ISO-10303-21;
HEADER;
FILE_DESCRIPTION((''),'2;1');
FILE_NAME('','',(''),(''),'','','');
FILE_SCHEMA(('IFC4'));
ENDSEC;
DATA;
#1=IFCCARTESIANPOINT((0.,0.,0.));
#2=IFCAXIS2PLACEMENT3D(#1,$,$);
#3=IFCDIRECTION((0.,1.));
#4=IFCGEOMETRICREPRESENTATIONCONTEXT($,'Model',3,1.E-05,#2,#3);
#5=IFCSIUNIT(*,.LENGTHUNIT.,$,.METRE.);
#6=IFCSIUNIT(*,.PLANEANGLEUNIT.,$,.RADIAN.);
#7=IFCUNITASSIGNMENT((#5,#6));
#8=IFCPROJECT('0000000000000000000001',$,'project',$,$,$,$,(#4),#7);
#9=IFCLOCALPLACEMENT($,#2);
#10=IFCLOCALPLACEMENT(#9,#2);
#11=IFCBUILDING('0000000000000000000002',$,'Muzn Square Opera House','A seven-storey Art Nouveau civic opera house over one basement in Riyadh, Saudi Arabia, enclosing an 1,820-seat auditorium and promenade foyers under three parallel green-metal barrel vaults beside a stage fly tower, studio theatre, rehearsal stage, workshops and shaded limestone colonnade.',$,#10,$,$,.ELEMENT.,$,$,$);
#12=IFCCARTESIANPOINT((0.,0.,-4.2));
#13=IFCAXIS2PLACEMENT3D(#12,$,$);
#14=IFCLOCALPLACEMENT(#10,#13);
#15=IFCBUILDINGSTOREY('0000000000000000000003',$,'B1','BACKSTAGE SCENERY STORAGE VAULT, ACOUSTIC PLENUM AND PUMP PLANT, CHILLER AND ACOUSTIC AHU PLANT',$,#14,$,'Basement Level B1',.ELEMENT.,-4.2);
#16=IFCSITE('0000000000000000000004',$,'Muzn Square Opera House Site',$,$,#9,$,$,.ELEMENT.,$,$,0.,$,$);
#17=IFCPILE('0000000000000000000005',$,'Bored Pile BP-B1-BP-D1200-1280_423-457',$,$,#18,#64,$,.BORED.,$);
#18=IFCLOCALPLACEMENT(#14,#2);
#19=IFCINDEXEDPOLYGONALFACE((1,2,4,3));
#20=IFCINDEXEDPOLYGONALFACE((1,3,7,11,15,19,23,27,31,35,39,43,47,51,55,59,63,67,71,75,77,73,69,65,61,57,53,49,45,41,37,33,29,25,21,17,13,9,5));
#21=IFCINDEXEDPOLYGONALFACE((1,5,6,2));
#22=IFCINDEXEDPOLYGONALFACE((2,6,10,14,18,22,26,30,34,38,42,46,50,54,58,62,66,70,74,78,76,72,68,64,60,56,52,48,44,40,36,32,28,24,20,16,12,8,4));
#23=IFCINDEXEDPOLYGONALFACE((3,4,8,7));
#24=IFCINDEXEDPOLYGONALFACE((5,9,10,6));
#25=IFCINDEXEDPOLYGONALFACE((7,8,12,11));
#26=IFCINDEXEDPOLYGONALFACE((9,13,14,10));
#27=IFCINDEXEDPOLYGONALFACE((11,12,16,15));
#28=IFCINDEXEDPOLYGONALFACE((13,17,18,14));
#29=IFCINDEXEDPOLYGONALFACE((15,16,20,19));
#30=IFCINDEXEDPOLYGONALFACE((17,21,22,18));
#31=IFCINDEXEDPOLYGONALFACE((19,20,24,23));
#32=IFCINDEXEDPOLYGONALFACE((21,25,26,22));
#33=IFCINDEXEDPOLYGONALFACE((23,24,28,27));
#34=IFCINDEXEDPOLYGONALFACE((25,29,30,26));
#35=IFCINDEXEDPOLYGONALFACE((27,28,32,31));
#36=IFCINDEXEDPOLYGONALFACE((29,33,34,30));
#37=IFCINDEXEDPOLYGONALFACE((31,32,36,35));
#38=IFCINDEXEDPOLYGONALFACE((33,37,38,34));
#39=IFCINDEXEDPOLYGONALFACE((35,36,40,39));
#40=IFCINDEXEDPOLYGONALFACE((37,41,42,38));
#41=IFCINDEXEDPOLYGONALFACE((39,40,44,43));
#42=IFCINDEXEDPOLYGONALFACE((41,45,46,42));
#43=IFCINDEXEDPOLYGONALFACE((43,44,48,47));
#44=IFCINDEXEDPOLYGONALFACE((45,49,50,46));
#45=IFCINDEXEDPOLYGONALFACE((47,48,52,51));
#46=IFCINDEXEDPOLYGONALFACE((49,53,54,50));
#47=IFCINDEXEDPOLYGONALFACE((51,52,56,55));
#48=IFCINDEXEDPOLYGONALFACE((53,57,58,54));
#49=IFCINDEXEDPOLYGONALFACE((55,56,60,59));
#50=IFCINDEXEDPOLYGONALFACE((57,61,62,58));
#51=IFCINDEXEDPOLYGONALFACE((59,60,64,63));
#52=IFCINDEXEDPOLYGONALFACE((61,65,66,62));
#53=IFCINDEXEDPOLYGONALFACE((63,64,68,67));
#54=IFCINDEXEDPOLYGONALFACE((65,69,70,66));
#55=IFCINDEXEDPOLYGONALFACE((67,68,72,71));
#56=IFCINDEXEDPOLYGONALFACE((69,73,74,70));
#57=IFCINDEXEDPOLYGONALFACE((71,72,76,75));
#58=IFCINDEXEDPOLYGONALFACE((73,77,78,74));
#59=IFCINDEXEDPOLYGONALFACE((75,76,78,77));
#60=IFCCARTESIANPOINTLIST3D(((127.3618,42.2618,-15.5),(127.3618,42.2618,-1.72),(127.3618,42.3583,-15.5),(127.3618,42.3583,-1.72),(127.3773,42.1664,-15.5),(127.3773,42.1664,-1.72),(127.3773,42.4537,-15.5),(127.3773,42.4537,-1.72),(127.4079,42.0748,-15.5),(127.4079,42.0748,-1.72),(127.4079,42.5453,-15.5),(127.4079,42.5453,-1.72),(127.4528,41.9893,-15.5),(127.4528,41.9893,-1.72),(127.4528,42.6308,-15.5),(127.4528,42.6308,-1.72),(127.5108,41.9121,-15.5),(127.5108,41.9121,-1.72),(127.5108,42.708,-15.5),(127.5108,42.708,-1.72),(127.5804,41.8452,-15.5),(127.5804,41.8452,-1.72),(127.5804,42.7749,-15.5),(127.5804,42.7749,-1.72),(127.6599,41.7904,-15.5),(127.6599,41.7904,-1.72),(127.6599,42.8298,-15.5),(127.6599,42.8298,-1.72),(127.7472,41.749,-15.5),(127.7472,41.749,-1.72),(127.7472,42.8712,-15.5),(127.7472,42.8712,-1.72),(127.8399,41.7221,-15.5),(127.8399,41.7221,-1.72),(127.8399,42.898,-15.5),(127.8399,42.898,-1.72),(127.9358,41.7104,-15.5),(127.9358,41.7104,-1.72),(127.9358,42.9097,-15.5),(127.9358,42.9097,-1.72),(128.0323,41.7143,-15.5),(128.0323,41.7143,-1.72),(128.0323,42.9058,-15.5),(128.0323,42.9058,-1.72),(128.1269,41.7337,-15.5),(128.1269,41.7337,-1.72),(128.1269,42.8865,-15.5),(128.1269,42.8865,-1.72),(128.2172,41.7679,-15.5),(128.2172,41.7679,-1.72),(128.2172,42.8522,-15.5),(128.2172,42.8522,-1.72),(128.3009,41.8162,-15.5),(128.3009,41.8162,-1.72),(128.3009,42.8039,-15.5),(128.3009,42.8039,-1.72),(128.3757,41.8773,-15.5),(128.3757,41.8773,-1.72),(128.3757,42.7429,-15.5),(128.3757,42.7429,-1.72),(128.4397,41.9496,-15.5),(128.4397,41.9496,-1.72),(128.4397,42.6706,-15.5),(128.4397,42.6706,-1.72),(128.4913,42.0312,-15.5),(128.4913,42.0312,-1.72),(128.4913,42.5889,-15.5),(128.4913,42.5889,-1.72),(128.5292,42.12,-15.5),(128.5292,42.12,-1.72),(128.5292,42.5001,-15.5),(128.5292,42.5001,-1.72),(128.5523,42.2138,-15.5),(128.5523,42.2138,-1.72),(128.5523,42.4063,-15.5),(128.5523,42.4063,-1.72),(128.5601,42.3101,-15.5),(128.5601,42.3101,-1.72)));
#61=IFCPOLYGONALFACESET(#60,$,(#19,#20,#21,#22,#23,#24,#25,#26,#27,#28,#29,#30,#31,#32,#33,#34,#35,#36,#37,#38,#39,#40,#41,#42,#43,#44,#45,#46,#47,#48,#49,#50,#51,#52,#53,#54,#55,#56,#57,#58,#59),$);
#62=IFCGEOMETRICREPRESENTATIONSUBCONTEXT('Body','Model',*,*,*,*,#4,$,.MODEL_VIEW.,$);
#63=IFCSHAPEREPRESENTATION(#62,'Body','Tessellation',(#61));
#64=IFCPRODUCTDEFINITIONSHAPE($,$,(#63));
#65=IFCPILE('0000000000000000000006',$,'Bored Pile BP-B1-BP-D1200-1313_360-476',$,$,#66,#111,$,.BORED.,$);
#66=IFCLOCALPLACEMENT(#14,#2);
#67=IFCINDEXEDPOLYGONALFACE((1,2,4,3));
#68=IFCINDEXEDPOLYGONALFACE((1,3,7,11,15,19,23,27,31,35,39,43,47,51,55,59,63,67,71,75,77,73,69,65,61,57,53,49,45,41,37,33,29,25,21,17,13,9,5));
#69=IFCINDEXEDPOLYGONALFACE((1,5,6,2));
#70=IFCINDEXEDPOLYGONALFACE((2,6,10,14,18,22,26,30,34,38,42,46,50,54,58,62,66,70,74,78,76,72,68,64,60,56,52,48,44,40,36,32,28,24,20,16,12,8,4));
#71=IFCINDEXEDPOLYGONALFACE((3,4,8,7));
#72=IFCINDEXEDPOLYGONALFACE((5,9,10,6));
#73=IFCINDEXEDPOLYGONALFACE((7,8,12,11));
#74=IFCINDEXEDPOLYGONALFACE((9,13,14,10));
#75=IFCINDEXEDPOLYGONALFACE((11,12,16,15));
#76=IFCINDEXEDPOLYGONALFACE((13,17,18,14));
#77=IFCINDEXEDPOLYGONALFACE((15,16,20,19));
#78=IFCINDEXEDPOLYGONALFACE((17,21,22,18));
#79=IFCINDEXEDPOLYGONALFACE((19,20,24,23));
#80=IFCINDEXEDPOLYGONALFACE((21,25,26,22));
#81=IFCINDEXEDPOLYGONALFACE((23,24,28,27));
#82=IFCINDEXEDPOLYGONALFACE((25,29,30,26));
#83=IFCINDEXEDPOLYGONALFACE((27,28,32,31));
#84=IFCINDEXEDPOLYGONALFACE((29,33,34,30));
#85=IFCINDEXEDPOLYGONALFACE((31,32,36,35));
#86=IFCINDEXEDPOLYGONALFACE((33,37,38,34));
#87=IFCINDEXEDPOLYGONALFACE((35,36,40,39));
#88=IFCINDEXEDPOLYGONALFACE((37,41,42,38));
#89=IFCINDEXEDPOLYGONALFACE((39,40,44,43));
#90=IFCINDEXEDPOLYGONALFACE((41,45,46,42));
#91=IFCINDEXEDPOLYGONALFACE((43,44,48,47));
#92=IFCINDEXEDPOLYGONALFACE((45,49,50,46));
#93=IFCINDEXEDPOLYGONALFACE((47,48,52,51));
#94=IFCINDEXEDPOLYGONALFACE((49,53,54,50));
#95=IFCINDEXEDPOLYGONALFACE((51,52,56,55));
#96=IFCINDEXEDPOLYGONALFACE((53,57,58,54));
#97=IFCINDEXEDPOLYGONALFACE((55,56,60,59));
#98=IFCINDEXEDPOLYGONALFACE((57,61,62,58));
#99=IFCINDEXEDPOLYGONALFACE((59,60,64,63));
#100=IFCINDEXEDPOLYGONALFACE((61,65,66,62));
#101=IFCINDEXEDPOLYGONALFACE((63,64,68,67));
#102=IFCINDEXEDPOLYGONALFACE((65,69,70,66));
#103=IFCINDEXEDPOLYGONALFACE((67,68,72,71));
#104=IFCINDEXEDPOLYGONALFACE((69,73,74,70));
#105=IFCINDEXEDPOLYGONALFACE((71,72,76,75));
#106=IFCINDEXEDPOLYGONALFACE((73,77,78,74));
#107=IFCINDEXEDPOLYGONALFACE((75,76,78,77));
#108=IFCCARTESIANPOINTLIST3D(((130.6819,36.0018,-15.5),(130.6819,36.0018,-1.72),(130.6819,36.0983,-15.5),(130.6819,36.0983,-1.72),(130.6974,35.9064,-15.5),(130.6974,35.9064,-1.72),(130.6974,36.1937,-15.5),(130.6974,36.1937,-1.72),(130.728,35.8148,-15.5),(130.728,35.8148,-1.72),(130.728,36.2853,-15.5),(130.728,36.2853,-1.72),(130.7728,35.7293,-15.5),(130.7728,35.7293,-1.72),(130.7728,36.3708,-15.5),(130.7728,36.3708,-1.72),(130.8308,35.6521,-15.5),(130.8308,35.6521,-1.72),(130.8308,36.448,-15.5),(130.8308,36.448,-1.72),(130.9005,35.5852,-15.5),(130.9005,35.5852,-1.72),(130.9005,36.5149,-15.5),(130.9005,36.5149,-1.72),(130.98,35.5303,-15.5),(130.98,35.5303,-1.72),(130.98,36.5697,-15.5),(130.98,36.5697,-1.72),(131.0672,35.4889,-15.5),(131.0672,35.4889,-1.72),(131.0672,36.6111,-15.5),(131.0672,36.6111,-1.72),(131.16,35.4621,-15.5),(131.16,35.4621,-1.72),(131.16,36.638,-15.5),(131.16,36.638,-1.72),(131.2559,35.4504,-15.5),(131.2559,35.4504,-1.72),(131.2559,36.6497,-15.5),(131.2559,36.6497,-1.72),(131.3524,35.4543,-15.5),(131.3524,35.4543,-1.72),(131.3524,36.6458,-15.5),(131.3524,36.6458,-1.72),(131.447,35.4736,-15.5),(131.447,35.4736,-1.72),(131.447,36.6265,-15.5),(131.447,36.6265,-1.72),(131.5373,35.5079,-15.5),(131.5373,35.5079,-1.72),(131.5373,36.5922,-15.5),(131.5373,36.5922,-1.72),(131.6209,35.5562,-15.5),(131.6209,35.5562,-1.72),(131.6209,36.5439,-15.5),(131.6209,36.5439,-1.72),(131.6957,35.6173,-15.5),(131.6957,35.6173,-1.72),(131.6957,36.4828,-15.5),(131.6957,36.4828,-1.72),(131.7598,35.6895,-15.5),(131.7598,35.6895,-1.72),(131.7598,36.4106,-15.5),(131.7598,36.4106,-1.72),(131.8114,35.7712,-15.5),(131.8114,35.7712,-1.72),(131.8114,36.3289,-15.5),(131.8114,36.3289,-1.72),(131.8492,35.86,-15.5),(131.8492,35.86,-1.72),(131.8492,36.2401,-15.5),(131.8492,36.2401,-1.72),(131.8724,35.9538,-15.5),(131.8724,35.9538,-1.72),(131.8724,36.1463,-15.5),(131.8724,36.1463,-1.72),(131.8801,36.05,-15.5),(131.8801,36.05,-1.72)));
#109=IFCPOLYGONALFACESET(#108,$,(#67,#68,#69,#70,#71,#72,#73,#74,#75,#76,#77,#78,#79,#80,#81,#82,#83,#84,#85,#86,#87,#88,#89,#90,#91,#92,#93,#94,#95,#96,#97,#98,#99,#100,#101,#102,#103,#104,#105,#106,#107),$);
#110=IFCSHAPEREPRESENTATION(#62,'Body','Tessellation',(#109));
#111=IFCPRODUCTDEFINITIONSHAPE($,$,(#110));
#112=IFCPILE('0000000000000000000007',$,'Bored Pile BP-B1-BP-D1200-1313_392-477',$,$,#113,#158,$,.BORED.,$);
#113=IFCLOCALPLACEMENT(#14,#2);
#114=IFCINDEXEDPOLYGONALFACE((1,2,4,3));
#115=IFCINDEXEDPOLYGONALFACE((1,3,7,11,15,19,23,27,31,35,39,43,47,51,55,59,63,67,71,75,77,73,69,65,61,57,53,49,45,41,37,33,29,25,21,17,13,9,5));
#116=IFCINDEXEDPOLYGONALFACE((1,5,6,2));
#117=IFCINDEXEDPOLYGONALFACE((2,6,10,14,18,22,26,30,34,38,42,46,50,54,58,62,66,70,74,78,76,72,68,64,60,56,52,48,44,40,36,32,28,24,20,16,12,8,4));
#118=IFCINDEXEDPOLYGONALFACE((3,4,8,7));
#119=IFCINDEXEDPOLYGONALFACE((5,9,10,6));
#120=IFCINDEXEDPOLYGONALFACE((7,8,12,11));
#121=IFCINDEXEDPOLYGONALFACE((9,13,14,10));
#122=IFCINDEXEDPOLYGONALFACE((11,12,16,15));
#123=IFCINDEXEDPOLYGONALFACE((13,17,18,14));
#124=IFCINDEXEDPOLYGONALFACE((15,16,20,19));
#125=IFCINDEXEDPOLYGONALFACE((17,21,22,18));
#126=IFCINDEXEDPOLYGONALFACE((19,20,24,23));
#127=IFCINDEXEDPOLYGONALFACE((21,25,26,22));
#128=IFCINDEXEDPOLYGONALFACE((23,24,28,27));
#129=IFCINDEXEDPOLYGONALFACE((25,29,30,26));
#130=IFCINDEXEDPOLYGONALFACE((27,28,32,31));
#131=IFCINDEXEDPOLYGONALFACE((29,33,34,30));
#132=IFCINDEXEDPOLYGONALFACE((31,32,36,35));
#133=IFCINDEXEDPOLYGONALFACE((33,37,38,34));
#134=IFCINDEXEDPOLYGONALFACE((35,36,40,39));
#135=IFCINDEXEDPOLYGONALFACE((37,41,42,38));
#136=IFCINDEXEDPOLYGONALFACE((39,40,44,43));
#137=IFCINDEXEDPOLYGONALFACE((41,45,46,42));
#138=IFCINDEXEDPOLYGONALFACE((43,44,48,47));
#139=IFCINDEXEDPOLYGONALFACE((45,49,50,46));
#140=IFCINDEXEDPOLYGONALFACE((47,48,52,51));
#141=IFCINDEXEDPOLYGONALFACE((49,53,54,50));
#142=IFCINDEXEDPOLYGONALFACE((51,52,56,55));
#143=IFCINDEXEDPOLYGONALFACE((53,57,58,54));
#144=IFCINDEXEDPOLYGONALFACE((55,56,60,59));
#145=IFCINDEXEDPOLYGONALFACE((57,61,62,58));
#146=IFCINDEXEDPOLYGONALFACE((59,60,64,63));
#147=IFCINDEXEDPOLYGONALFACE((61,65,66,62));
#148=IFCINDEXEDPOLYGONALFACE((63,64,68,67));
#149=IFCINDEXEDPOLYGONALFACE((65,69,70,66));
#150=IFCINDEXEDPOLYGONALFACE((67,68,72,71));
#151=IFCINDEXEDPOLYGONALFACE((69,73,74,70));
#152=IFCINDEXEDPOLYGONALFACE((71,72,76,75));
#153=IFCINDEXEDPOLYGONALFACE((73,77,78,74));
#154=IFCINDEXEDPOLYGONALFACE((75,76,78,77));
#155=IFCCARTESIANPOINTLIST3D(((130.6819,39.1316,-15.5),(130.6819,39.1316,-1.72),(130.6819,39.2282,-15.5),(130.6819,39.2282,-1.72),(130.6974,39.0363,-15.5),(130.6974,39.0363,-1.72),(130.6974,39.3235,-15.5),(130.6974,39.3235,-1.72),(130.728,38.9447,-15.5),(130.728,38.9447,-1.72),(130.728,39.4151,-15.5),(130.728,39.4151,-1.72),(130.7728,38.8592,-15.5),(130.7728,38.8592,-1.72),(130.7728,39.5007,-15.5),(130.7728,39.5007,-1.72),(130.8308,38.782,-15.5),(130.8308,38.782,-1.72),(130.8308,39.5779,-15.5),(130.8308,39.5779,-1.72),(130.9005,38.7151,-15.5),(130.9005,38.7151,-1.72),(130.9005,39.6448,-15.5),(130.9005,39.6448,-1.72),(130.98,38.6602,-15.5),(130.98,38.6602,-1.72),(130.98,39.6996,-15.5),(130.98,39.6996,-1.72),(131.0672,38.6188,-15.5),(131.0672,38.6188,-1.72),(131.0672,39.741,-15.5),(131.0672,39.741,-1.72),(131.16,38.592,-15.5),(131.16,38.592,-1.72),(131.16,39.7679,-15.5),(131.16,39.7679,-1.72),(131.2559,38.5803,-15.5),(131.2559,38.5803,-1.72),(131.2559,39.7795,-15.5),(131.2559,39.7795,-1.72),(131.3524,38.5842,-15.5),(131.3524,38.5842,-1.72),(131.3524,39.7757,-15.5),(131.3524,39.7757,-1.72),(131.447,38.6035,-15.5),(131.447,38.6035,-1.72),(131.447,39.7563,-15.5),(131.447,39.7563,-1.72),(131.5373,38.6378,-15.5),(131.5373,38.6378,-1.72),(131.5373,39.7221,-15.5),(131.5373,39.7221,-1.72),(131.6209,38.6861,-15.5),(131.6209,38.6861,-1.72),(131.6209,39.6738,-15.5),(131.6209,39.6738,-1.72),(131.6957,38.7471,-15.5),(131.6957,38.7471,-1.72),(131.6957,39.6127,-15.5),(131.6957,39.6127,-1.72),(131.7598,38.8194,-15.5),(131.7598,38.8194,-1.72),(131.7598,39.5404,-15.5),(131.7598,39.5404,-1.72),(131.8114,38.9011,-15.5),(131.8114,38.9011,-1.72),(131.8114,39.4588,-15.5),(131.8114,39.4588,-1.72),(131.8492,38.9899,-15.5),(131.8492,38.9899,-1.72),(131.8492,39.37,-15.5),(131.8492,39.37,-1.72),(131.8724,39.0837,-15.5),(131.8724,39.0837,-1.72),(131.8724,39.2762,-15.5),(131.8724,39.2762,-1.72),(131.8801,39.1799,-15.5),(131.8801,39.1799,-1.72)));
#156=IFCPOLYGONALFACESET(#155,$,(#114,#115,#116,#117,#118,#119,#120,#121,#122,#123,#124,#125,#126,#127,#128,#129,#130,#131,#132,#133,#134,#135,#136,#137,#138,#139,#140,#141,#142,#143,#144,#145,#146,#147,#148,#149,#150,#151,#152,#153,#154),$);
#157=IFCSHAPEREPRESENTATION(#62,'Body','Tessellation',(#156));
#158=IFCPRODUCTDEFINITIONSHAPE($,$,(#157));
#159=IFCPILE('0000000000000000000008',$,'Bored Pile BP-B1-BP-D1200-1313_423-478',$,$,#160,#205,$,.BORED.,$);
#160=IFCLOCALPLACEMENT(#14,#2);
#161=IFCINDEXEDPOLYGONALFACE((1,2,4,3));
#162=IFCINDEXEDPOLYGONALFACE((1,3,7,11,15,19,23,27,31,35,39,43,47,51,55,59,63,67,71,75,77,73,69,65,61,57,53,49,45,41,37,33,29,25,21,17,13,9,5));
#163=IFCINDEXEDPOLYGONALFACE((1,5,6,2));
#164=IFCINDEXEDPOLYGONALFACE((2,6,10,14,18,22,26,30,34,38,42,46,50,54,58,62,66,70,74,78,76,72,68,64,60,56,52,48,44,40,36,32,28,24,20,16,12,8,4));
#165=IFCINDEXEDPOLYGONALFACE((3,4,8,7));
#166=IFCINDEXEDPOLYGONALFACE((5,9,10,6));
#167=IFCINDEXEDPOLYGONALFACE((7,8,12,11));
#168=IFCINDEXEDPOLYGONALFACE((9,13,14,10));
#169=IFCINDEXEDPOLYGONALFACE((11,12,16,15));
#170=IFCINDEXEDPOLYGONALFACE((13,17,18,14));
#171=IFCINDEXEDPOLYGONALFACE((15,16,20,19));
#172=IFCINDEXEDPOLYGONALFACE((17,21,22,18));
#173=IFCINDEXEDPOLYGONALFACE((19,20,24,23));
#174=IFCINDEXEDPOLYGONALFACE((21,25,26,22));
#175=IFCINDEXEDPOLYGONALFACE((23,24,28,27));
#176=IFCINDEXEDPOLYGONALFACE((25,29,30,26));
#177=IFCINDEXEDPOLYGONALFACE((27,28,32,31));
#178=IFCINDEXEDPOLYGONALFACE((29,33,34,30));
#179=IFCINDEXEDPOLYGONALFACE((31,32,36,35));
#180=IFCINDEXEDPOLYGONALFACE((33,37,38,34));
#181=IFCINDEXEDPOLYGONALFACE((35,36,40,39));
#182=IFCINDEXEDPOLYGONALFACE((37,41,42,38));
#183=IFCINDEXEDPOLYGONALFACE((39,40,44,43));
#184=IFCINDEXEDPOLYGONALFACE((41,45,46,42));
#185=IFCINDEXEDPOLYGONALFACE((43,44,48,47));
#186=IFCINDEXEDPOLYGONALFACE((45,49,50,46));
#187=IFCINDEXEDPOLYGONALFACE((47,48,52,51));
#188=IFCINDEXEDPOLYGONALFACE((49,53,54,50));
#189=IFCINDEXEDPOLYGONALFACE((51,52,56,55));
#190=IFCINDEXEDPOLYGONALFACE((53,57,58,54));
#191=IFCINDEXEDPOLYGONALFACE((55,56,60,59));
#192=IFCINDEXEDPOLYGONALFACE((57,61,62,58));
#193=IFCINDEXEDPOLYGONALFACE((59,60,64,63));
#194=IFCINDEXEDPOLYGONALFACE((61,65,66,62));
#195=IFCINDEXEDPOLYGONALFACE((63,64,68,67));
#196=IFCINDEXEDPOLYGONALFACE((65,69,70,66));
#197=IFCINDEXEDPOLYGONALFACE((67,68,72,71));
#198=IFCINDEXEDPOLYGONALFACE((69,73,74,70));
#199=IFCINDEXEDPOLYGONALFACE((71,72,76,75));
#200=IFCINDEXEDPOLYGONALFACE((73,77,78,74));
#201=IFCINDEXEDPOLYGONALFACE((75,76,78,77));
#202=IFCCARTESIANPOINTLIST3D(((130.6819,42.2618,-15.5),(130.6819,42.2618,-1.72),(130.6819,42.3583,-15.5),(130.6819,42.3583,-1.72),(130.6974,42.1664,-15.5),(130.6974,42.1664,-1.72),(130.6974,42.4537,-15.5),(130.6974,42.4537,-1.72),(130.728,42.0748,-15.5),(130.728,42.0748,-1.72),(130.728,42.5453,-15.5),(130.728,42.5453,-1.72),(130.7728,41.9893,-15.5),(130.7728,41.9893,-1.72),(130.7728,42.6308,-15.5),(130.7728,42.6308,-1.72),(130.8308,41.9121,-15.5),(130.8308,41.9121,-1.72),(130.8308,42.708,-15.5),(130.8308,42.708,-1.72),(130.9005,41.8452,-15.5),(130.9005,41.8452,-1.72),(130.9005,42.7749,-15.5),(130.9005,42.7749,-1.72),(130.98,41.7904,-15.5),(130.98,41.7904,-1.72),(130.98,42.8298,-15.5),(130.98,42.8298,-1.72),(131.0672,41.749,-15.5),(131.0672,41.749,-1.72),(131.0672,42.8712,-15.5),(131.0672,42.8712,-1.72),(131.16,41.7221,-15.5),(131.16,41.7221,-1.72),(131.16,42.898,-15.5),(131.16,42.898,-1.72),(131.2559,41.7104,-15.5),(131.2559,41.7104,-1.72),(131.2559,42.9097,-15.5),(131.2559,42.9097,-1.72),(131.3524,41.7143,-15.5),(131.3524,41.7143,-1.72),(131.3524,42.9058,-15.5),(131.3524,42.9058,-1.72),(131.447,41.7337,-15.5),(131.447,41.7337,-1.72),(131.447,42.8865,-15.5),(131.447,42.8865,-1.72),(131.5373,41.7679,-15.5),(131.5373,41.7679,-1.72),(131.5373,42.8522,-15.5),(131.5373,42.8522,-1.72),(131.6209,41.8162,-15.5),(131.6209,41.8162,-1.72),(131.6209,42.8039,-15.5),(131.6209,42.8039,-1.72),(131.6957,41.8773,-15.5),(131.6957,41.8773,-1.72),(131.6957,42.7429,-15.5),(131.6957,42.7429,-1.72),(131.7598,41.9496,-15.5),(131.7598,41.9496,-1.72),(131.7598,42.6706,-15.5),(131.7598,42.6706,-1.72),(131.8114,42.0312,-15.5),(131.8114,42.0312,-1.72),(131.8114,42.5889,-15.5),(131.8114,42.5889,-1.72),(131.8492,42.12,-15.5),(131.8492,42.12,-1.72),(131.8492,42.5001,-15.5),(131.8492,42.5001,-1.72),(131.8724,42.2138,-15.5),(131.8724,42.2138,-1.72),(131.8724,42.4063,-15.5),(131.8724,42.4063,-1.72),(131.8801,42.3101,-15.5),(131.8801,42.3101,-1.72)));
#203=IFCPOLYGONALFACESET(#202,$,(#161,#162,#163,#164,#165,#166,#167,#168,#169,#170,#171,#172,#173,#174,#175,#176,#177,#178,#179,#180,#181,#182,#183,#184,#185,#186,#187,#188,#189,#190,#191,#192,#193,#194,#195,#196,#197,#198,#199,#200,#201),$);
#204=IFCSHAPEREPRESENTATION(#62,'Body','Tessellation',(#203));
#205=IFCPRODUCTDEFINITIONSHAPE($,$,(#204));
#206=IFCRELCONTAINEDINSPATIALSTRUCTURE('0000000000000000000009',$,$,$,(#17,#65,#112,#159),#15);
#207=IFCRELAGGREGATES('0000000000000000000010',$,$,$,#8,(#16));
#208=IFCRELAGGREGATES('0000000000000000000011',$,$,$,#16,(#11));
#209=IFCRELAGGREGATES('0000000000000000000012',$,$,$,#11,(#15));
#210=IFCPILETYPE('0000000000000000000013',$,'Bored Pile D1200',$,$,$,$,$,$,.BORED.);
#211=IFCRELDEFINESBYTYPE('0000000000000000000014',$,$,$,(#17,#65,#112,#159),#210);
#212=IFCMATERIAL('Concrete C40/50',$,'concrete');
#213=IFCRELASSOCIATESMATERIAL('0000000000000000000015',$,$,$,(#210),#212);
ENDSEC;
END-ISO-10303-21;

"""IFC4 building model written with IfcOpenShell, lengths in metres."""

from ifc_helpers import new_model, si_unit, direction, frame, origin, origin_2d, place, context, subcontext, project, spatial, circle, extrude, material, material_profile, profile_set, type_object, element, save


model = new_model("IFC4")

# Units and contexts
model_context = context("Model", 3, precision=1e-05, world=origin(), true_north=direction((0.0, 1.0)))
body_context = subcontext(model_context, "Body", "Model", "MODEL_VIEW")
ifc_project = project(units=[si_unit("LENGTHUNIT", "METRE"), si_unit("PLANEANGLEUNIT", "RADIAN")], contexts=[model_context])

# Site, building, storey
site_placement = place(None, origin())
site = spatial("IfcSite", under=ifc_project, at=site_placement, Name="Muzn Square Opera House Site", CompositionType="ELEMENT", RefElevation=0.0)
building_placement = place(site_placement, origin())
building = spatial("IfcBuilding", under=site, at=building_placement, Name="Muzn Square Opera House", Description="A seven-storey Art Nouveau civic opera house over one basement in Riyadh, Saudi Arabia, enclosing an 1,820-seat auditorium and promenade foyers under three parallel green-metal barrel vaults beside a stage fly tower, studio theatre, rehearsal stage, workshops and shaded limestone colonnade.", CompositionType="ELEMENT")
storey_placement = place(building_placement, frame((0.0, 0.0, -4.2)))
storey = spatial("IfcBuildingStorey", under=building, at=storey_placement, Name="B1", Description="BACKSTAGE SCENERY STORAGE VAULT, ACOUSTIC PLENUM AND PUMP PLANT, CHILLER AND ACOUSTIC AHU PLANT", LongName="Basement Level B1", CompositionType="ELEMENT", Elevation=-4.2)

# Piles
ifc_material_1 = material(Name="Concrete C40/50", Category="concrete")
ifc_material_profile_1 = material_profile(ifc_material_1, circle(Radius=0.6001, at=origin_2d()), Name="BORED PILE D1200", Category="concrete")
ifc_profile_set_1 = profile_set([ifc_material_profile_1], Name="Concrete C40/50")
pile_type = type_object("IfcPileType", Name="Bored Pile D1200", PredefinedType="BORED", material=ifc_profile_set_1)
for number, where, z_axis, x_axis, name in (
    (1, (127.96, 42.3101, -1.72), (0.0, 0.0, -1.0), (1.0, 0.0, 0.0), "Bored Pile BP-B1-BP-D1200-1280_423-457"),
    (2, (131.28, 36.05, -1.72), (0.0, 0.0, -1.0), (1.0, 0.0, 0.0), "Bored Pile BP-B1-BP-D1200-1313_360-476"),
    (3, (131.28, 39.1799, -1.72), (0.0, 0.0, -1.0), (1.0, 0.0, 0.0), "Bored Pile BP-B1-BP-D1200-1313_392-477"),
    (4, (131.28, 42.3101, -1.72), (0.0, 0.0, -1.0), (1.0, 0.0, 0.0), "Bored Pile BP-B1-BP-D1200-1313_423-478"),
):
    element("IfcPile", number, at=place(storey_placement, frame(where, z_axis=z_axis, x_axis=x_axis)), inside=storey, type_object=pile_type, Name=name, PredefinedType="BORED", context=body_context, shape_type="SweptSolid", body=[
        extrude(circle(Radius=0.6001, at=origin_2d()), origin(), (0.0, 0.0, 1.0), 13.78),
    ])

save(model, "model.ifc")
